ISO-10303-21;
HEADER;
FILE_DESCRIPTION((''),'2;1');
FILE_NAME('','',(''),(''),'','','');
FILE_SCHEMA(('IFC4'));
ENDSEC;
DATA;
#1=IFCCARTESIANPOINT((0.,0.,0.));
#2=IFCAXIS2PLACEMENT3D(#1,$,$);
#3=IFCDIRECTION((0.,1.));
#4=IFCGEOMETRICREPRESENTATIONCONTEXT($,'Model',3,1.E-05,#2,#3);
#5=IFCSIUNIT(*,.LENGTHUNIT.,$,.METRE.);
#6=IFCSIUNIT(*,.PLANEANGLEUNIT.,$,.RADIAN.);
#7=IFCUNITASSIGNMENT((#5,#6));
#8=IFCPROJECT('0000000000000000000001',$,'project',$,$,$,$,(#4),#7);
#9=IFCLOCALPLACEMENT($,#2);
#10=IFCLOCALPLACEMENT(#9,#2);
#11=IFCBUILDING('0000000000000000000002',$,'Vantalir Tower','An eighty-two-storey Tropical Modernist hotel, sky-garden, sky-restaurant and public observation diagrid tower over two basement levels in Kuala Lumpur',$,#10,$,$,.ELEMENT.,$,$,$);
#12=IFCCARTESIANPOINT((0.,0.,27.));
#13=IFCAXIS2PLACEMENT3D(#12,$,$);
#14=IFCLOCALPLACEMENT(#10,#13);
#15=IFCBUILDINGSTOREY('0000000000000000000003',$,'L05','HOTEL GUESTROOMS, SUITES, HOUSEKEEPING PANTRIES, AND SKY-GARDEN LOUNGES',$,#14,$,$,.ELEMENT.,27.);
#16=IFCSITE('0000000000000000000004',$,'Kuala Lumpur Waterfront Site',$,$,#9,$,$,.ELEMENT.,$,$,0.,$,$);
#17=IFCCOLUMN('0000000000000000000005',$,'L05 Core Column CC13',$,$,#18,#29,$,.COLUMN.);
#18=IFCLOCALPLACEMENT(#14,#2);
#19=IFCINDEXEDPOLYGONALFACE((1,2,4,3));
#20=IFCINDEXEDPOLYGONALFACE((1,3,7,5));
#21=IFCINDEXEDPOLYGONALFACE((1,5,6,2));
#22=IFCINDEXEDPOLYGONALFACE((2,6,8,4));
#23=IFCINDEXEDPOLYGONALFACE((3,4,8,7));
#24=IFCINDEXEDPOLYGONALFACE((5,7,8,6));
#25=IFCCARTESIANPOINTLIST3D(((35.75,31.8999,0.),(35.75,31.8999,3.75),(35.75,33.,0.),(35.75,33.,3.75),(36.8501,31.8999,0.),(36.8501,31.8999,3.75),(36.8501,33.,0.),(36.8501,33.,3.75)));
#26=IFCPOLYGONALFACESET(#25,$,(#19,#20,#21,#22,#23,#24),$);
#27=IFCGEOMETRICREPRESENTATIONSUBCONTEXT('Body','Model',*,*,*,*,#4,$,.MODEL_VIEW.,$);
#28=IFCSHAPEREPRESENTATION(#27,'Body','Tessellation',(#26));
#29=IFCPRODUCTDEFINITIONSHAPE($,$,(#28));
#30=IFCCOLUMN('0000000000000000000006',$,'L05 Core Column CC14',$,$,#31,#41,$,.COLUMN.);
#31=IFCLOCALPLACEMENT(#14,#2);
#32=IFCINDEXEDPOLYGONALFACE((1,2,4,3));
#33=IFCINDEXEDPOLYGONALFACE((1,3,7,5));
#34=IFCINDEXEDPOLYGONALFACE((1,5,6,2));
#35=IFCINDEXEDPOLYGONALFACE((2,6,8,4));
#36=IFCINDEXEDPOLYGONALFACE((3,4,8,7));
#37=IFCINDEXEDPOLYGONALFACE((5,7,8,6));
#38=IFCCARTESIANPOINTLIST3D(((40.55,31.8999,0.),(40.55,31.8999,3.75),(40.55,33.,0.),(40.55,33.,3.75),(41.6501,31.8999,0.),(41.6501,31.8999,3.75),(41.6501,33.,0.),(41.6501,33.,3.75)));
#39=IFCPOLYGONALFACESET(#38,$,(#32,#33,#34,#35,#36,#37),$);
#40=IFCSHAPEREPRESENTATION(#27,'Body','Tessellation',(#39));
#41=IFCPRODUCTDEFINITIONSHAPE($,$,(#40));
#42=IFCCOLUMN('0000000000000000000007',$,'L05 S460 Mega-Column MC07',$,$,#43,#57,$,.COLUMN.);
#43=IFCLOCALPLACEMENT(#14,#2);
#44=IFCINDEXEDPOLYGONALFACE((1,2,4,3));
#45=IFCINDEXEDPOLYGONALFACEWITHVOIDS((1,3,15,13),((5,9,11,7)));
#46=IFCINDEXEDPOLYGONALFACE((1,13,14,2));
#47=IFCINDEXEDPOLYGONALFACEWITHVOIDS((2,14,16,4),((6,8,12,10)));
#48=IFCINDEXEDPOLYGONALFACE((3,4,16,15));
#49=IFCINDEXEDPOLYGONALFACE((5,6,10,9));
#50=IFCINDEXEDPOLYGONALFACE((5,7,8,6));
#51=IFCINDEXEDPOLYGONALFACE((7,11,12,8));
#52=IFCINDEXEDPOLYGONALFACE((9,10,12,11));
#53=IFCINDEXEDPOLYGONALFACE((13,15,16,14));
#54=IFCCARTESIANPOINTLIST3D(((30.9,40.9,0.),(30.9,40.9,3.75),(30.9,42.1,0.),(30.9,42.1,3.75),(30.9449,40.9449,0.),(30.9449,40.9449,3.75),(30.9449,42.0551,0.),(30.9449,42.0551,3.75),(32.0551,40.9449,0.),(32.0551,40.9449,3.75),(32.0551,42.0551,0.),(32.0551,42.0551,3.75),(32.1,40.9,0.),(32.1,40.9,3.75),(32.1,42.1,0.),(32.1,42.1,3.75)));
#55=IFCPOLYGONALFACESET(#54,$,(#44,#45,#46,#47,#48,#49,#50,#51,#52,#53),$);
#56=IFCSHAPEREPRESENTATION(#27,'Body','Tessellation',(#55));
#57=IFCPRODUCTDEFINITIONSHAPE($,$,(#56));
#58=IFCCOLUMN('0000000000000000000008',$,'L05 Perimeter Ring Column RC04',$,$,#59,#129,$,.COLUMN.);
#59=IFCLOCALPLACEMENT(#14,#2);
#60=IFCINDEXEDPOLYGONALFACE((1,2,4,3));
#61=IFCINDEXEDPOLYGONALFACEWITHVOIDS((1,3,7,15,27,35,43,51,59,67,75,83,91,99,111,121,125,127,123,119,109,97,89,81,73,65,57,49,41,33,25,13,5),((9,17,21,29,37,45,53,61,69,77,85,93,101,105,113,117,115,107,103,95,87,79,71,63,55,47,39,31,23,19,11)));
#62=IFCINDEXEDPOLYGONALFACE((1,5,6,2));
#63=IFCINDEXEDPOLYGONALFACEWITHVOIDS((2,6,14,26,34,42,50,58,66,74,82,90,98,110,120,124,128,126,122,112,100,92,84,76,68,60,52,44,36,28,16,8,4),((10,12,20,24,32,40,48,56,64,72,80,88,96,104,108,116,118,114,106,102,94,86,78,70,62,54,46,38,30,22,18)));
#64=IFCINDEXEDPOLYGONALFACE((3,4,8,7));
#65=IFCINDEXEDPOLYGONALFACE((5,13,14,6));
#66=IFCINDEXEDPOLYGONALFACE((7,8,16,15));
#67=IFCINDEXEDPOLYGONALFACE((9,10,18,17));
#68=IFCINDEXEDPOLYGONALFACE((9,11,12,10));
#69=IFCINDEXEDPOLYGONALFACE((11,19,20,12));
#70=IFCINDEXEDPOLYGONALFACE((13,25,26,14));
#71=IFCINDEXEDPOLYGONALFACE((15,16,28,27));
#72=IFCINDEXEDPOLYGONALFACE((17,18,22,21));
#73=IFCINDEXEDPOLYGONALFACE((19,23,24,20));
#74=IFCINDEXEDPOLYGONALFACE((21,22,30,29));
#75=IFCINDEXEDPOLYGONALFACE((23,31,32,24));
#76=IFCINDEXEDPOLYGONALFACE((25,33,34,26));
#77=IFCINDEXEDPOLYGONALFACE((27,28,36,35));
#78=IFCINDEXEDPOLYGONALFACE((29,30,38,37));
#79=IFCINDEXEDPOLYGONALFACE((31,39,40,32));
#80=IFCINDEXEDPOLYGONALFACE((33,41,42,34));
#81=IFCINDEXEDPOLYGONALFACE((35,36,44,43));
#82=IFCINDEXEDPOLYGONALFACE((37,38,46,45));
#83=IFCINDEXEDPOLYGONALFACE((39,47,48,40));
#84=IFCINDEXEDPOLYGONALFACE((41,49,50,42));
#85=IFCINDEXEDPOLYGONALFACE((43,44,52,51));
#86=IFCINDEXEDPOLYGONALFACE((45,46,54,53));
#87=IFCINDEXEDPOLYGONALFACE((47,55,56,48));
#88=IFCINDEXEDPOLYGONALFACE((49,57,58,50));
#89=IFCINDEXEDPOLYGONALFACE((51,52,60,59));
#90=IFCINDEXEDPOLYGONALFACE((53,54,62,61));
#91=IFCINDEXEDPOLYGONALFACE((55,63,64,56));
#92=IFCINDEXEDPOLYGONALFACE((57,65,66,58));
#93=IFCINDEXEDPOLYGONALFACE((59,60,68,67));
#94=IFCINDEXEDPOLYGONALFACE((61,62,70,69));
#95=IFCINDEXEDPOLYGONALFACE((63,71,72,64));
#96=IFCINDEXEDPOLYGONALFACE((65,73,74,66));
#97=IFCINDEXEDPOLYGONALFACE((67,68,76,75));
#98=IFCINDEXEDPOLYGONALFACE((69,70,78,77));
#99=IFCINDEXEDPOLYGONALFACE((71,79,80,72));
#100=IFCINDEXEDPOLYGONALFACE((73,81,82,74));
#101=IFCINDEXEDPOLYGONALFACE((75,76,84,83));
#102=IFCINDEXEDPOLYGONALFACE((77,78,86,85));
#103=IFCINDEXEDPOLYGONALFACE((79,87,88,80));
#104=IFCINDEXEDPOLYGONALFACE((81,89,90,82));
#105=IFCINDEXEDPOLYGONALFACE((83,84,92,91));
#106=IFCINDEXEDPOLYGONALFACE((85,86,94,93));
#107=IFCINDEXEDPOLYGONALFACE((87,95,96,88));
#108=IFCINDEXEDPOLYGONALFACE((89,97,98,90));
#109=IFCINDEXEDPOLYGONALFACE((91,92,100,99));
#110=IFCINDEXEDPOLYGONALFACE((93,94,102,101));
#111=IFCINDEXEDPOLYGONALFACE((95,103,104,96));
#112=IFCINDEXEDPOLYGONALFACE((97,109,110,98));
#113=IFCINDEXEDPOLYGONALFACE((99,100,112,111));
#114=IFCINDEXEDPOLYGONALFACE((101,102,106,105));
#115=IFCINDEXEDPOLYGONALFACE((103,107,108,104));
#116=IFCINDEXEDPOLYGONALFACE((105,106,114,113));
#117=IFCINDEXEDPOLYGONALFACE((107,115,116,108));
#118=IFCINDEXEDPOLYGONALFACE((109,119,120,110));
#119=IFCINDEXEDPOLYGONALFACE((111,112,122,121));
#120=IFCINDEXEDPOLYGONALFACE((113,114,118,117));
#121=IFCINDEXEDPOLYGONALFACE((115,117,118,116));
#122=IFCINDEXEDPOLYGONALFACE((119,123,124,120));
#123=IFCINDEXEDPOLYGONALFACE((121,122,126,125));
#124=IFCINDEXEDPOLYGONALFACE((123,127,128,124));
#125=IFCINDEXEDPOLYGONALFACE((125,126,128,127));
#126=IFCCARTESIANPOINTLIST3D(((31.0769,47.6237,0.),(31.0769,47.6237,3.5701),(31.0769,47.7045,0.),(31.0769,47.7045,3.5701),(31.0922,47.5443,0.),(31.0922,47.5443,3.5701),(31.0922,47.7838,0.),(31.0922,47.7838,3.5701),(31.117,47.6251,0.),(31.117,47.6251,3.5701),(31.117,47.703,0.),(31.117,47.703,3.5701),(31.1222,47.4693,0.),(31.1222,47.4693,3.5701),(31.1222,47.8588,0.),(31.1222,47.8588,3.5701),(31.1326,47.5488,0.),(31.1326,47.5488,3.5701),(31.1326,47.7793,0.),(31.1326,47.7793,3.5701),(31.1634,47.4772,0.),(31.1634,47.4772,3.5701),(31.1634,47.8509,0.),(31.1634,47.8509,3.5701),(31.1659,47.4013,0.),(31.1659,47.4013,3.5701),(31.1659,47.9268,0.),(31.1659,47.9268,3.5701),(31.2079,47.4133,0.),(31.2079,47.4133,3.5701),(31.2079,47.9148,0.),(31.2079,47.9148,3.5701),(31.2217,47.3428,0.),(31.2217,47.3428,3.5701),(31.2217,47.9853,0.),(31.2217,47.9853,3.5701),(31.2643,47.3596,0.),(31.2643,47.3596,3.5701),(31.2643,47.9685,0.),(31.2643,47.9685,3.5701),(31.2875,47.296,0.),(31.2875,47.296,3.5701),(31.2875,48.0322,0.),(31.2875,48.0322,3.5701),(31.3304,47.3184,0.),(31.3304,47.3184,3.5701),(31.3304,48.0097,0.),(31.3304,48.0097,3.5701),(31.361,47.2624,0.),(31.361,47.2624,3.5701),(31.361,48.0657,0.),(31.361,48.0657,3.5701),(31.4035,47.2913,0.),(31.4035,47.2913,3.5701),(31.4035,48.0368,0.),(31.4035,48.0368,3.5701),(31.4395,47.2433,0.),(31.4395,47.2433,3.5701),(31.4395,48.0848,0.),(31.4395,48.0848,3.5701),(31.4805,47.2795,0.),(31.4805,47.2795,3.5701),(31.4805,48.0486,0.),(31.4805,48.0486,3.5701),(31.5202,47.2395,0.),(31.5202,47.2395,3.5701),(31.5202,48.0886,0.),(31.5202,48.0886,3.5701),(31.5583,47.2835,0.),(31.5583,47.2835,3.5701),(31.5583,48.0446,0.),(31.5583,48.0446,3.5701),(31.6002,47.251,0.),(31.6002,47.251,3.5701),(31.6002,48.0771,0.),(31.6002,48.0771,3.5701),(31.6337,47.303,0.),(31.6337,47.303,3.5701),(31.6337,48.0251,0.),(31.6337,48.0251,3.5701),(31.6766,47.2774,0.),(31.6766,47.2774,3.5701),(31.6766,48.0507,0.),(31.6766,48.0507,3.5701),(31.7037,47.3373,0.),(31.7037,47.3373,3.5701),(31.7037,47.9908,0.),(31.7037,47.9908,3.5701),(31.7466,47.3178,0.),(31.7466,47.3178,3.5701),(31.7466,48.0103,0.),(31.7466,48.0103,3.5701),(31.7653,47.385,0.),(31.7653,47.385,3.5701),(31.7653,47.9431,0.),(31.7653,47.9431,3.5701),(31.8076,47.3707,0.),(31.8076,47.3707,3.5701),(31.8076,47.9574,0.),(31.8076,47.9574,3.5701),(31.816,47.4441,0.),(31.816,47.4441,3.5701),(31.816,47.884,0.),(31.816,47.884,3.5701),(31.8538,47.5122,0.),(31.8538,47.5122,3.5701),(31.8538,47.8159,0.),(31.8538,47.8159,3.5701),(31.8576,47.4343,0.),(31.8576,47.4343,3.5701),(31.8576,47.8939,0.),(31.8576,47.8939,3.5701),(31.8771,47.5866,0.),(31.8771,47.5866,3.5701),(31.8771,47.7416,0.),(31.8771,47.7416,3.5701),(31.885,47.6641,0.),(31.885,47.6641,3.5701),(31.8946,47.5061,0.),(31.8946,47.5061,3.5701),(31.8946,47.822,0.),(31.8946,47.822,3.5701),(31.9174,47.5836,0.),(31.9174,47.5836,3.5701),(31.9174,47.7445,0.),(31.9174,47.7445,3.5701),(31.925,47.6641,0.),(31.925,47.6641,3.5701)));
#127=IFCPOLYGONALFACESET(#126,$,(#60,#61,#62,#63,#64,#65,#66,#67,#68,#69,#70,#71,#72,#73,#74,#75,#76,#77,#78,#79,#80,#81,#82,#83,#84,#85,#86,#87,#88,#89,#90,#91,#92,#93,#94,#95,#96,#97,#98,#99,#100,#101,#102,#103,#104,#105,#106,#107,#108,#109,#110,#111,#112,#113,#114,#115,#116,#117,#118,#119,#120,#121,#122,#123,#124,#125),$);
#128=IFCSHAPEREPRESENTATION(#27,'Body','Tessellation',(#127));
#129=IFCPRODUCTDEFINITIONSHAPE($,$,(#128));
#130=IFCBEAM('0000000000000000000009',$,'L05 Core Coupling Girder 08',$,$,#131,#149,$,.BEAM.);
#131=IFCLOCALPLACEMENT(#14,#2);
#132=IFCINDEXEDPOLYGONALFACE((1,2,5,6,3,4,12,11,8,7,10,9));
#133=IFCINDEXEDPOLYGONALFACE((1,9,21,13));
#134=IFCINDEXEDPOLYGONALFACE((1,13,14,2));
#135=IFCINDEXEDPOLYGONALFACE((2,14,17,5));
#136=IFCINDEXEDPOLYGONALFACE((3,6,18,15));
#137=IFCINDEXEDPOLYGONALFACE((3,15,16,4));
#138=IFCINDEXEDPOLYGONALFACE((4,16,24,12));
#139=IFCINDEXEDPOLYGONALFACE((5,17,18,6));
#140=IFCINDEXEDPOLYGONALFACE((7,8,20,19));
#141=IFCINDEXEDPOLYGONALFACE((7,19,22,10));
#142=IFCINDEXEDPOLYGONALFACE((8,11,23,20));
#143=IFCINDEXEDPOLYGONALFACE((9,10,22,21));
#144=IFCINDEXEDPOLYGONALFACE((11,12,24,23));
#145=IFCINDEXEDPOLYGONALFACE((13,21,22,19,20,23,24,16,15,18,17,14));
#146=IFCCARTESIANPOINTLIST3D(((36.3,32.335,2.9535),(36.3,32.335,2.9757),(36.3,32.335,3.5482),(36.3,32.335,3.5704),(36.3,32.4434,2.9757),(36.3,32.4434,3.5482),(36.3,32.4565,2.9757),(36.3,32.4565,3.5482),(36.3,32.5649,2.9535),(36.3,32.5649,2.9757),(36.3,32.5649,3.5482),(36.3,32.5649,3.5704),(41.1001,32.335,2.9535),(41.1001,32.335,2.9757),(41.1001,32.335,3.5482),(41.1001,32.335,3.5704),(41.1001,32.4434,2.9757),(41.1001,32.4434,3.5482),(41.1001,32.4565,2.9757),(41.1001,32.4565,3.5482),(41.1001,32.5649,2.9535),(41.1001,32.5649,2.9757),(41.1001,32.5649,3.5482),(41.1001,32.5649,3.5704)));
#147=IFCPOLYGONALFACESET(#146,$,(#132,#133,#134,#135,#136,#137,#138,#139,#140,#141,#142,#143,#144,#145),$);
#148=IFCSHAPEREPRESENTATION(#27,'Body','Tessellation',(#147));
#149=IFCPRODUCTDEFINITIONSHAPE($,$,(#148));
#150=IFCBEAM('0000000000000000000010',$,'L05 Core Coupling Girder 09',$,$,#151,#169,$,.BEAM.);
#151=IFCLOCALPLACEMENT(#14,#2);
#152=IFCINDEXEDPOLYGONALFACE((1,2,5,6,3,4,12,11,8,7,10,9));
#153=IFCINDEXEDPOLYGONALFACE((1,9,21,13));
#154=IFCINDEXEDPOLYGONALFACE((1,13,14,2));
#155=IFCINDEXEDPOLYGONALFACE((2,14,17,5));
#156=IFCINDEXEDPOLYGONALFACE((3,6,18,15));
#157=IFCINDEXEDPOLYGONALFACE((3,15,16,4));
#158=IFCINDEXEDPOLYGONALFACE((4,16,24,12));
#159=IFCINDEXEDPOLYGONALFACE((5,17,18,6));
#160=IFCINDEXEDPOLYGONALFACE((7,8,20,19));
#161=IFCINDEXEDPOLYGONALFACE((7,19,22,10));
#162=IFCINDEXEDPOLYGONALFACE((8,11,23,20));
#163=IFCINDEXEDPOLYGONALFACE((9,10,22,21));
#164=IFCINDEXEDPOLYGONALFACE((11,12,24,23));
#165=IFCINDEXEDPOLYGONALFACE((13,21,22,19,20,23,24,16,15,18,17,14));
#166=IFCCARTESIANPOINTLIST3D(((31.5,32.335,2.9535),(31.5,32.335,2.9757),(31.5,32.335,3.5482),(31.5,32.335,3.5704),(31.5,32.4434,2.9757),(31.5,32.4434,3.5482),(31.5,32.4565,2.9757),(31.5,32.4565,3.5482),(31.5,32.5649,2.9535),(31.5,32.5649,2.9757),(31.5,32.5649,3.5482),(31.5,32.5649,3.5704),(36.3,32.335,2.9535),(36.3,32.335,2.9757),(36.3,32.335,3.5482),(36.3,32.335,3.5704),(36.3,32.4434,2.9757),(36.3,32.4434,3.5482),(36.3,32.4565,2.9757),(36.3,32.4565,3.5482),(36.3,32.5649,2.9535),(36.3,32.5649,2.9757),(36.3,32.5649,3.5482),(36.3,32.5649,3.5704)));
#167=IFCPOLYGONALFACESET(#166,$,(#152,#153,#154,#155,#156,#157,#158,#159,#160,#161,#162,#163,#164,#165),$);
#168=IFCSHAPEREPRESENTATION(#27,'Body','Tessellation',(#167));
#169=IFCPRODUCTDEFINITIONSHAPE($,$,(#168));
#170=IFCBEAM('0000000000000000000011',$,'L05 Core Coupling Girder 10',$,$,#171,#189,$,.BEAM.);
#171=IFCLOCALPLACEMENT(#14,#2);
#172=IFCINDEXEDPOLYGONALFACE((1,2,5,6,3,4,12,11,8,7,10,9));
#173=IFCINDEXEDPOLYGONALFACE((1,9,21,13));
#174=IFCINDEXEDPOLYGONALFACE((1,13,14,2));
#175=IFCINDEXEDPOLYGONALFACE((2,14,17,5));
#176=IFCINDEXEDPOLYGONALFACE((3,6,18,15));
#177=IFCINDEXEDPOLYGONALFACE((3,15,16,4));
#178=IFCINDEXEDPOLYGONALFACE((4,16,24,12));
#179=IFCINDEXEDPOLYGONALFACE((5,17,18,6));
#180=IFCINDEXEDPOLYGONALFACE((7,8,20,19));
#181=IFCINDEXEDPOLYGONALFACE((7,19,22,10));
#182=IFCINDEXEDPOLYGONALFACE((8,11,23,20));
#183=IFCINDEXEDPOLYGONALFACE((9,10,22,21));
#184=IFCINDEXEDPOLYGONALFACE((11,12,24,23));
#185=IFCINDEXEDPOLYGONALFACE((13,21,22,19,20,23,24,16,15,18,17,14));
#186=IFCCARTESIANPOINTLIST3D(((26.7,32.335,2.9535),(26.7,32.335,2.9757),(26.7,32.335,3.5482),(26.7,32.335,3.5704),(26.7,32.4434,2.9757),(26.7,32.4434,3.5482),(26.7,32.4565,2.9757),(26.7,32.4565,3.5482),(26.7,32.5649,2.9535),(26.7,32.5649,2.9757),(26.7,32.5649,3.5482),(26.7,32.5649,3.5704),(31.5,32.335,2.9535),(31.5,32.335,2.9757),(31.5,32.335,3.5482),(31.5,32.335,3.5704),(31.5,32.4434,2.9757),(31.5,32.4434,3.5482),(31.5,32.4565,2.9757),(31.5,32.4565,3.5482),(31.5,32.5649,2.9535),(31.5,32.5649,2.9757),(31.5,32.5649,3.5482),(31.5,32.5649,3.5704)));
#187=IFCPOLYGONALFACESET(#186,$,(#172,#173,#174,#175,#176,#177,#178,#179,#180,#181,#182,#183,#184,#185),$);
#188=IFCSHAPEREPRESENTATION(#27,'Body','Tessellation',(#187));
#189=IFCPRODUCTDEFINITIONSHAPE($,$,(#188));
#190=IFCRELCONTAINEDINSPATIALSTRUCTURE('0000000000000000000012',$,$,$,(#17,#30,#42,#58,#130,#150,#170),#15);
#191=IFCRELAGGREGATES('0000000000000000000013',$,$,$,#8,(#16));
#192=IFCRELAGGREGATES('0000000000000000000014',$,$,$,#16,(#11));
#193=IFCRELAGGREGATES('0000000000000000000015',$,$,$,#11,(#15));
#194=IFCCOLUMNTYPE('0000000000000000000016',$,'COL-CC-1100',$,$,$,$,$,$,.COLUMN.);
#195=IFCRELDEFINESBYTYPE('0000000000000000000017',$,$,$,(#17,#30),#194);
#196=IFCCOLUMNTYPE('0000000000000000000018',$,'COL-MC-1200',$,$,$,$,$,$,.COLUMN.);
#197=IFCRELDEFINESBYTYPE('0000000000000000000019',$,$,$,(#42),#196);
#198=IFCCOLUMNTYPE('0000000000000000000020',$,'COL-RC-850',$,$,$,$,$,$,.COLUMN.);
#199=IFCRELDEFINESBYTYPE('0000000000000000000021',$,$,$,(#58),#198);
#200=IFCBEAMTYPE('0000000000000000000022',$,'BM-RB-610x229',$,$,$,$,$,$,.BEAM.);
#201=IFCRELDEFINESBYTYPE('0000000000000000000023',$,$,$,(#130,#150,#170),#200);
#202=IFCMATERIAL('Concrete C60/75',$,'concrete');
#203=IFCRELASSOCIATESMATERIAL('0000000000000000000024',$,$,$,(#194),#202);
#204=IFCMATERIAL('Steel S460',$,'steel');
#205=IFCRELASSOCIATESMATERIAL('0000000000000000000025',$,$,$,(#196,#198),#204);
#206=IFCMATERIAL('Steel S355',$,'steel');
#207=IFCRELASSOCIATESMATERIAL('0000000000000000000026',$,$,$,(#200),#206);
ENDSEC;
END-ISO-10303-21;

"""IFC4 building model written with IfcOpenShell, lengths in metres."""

from ifc_helpers import new_model, si_unit, direction, frame, origin, origin_2d, place, context, subcontext, project, spatial, rectangle, hollow_rectangle, hollow_circle, i_section, extrude, material, material_profile, profile_set, type_object, element, save


model = new_model("IFC4")

# Units and contexts
model_context = context("Model", 3, precision=1e-05, world=origin(), true_north=direction((0.0, 1.0)))
body_context = subcontext(model_context, "Body", "Model", "MODEL_VIEW")
ifc_project = project(units=[si_unit("LENGTHUNIT", "METRE"), si_unit("PLANEANGLEUNIT", "RADIAN")], contexts=[model_context])

# Site, building, storey
site_placement = place(None, origin())
site = spatial("IfcSite", under=ifc_project, at=site_placement, Name="Kuala Lumpur Waterfront Site", CompositionType="ELEMENT", RefElevation=0.0)
building_placement = place(site_placement, origin())
building = spatial("IfcBuilding", under=site, at=building_placement, Name="Vantalir Tower", Description="An eighty-two-storey Tropical Modernist hotel, sky-garden, sky-restaurant and public observation diagrid tower over two basement levels in Kuala Lumpur", CompositionType="ELEMENT")
storey_placement = place(building_placement, frame((0.0, 0.0, 27.0)))
storey = spatial("IfcBuildingStorey", under=building, at=storey_placement, Name="L05", Description="HOTEL GUESTROOMS, SUITES, HOUSEKEEPING PANTRIES, AND SKY-GARDEN LOUNGES", CompositionType="ELEMENT", Elevation=27.0)

# Columns
ifc_material_1 = material(Name="Concrete C60/75", Category="concrete")
ifc_material_profile_1 = material_profile(ifc_material_1, rectangle(XDim=1.1001, YDim=1.1001, at=origin_2d()), Name="Concrete C60/75")
ifc_profile_set_1 = profile_set([ifc_material_profile_1], Name="Concrete C60/75")
column_type_1 = type_object("IfcColumnType", Name="COL-CC-1100", PredefinedType="COLUMN", material=ifc_profile_set_1)
for number, where, z_axis, x_axis, name in (
    (1, (36.3, 32.45, 0.0), (0.0, 0.0, 1.0), (1.0, 0.0, 0.0), "L05 Core Column CC13"),
    (2, (41.1001, 32.45, 0.0), (0.0, 0.0, 1.0), (1.0, 0.0, 0.0), "L05 Core Column CC14"),
):
    element("IfcColumn", number, at=place(storey_placement, frame(where, z_axis=z_axis, x_axis=x_axis)), inside=storey, type_object=column_type_1, Name=name, PredefinedType="COLUMN", context=body_context, shape_type="SweptSolid", body=[
        extrude(rectangle(XDim=1.1001, YDim=1.1001, at=origin_2d()), origin(), (0.0, 0.0, 1.0), 3.75),
    ])
ifc_material_2 = material(Name="Steel S460", Category="steel")
ifc_material_profile_2 = material_profile(ifc_material_2, hollow_rectangle(XDim=1.2, YDim=1.2, WallThickness=0.0449, at=origin_2d()), Name="Steel S460")
ifc_profile_set_2 = profile_set([ifc_material_profile_2], Name="Steel S460")
column_type_2 = type_object("IfcColumnType", Name="COL-MC-1200", PredefinedType="COLUMN", material=ifc_profile_set_2)
column_1_placement = place(storey_placement, frame((31.5, 41.5, 0.0), z_axis=(0.0, 0.0, 1.0), x_axis=(1.0, 0.0, 0.0)))
element("IfcColumn", 3, at=column_1_placement, inside=storey, type_object=column_type_2, Name="L05 S460 Mega-Column MC07", PredefinedType="COLUMN", context=body_context, shape_type="SweptSolid", body=[
    extrude(hollow_rectangle(XDim=1.2, YDim=1.2, WallThickness=0.0449, at=origin_2d()), origin(), (0.0, 0.0, 1.0), 3.75),
])
ifc_material_profile_3 = material_profile(ifc_material_2, hollow_circle(Radius=0.425, WallThickness=0.04, at=origin_2d()), Name="Steel S460")
ifc_profile_set_3 = profile_set([ifc_material_profile_3], Name="Steel S460")
column_type_3 = type_object("IfcColumnType", Name="COL-RC-850", PredefinedType="COLUMN", material=ifc_profile_set_3)
column_2_placement = place(storey_placement, frame((31.5, 47.6641, 0.0), z_axis=(0.0, 0.0, 1.0), x_axis=(1.0, 0.0, 0.0)))
element("IfcColumn", 4, at=column_2_placement, inside=storey, type_object=column_type_3, Name="L05 Perimeter Ring Column RC04", PredefinedType="COLUMN", context=body_context, shape_type="SweptSolid", body=[
    extrude(hollow_circle(Radius=0.425, WallThickness=0.04, at=origin_2d()), origin(), (0.0, 0.0, 1.0), 3.5701),
])

# Beams
ifc_material_3 = material(Name="Steel S355", Category="steel")
ifc_material_profile_4 = material_profile(ifc_material_3, i_section(OverallWidth=0.23, OverallDepth=0.6169, WebThickness=0.0132, FlangeThickness=0.0222, at=origin_2d()), Name="Steel S355")
ifc_profile_set_4 = profile_set([ifc_material_profile_4], Name="Steel S355")
beam_type_1 = type_object("IfcBeamType", Name="BM-RB-610x229", PredefinedType="BEAM", material=ifc_profile_set_4)
for number, where, z_axis, x_axis, name in (
    (5, (41.1001, 32.45, 3.262), (-1.0, 0.0, 0.0), (0.0, -1.0, 0.0), "L05 Core Coupling Girder 08"),
    (6, (36.3, 32.45, 3.262), (-1.0, 0.0, 0.0), (0.0, -1.0, 0.0), "L05 Core Coupling Girder 09"),
    (7, (31.5, 32.45, 3.262), (-1.0, 0.0, 0.0), (0.0, -1.0, 0.0), "L05 Core Coupling Girder 10"),
):
    element("IfcBeam", number, at=place(storey_placement, frame(where, z_axis=z_axis, x_axis=x_axis)), inside=storey, type_object=beam_type_1, Name=name, PredefinedType="BEAM", context=body_context, shape_type="SweptSolid", body=[
        extrude(i_section(OverallWidth=0.23, OverallDepth=0.6169, WebThickness=0.0132, FlangeThickness=0.0222, at=origin_2d()), origin(), (0.0, 0.0, 1.0), 4.8),
    ])

save(model, "model.ifc")
